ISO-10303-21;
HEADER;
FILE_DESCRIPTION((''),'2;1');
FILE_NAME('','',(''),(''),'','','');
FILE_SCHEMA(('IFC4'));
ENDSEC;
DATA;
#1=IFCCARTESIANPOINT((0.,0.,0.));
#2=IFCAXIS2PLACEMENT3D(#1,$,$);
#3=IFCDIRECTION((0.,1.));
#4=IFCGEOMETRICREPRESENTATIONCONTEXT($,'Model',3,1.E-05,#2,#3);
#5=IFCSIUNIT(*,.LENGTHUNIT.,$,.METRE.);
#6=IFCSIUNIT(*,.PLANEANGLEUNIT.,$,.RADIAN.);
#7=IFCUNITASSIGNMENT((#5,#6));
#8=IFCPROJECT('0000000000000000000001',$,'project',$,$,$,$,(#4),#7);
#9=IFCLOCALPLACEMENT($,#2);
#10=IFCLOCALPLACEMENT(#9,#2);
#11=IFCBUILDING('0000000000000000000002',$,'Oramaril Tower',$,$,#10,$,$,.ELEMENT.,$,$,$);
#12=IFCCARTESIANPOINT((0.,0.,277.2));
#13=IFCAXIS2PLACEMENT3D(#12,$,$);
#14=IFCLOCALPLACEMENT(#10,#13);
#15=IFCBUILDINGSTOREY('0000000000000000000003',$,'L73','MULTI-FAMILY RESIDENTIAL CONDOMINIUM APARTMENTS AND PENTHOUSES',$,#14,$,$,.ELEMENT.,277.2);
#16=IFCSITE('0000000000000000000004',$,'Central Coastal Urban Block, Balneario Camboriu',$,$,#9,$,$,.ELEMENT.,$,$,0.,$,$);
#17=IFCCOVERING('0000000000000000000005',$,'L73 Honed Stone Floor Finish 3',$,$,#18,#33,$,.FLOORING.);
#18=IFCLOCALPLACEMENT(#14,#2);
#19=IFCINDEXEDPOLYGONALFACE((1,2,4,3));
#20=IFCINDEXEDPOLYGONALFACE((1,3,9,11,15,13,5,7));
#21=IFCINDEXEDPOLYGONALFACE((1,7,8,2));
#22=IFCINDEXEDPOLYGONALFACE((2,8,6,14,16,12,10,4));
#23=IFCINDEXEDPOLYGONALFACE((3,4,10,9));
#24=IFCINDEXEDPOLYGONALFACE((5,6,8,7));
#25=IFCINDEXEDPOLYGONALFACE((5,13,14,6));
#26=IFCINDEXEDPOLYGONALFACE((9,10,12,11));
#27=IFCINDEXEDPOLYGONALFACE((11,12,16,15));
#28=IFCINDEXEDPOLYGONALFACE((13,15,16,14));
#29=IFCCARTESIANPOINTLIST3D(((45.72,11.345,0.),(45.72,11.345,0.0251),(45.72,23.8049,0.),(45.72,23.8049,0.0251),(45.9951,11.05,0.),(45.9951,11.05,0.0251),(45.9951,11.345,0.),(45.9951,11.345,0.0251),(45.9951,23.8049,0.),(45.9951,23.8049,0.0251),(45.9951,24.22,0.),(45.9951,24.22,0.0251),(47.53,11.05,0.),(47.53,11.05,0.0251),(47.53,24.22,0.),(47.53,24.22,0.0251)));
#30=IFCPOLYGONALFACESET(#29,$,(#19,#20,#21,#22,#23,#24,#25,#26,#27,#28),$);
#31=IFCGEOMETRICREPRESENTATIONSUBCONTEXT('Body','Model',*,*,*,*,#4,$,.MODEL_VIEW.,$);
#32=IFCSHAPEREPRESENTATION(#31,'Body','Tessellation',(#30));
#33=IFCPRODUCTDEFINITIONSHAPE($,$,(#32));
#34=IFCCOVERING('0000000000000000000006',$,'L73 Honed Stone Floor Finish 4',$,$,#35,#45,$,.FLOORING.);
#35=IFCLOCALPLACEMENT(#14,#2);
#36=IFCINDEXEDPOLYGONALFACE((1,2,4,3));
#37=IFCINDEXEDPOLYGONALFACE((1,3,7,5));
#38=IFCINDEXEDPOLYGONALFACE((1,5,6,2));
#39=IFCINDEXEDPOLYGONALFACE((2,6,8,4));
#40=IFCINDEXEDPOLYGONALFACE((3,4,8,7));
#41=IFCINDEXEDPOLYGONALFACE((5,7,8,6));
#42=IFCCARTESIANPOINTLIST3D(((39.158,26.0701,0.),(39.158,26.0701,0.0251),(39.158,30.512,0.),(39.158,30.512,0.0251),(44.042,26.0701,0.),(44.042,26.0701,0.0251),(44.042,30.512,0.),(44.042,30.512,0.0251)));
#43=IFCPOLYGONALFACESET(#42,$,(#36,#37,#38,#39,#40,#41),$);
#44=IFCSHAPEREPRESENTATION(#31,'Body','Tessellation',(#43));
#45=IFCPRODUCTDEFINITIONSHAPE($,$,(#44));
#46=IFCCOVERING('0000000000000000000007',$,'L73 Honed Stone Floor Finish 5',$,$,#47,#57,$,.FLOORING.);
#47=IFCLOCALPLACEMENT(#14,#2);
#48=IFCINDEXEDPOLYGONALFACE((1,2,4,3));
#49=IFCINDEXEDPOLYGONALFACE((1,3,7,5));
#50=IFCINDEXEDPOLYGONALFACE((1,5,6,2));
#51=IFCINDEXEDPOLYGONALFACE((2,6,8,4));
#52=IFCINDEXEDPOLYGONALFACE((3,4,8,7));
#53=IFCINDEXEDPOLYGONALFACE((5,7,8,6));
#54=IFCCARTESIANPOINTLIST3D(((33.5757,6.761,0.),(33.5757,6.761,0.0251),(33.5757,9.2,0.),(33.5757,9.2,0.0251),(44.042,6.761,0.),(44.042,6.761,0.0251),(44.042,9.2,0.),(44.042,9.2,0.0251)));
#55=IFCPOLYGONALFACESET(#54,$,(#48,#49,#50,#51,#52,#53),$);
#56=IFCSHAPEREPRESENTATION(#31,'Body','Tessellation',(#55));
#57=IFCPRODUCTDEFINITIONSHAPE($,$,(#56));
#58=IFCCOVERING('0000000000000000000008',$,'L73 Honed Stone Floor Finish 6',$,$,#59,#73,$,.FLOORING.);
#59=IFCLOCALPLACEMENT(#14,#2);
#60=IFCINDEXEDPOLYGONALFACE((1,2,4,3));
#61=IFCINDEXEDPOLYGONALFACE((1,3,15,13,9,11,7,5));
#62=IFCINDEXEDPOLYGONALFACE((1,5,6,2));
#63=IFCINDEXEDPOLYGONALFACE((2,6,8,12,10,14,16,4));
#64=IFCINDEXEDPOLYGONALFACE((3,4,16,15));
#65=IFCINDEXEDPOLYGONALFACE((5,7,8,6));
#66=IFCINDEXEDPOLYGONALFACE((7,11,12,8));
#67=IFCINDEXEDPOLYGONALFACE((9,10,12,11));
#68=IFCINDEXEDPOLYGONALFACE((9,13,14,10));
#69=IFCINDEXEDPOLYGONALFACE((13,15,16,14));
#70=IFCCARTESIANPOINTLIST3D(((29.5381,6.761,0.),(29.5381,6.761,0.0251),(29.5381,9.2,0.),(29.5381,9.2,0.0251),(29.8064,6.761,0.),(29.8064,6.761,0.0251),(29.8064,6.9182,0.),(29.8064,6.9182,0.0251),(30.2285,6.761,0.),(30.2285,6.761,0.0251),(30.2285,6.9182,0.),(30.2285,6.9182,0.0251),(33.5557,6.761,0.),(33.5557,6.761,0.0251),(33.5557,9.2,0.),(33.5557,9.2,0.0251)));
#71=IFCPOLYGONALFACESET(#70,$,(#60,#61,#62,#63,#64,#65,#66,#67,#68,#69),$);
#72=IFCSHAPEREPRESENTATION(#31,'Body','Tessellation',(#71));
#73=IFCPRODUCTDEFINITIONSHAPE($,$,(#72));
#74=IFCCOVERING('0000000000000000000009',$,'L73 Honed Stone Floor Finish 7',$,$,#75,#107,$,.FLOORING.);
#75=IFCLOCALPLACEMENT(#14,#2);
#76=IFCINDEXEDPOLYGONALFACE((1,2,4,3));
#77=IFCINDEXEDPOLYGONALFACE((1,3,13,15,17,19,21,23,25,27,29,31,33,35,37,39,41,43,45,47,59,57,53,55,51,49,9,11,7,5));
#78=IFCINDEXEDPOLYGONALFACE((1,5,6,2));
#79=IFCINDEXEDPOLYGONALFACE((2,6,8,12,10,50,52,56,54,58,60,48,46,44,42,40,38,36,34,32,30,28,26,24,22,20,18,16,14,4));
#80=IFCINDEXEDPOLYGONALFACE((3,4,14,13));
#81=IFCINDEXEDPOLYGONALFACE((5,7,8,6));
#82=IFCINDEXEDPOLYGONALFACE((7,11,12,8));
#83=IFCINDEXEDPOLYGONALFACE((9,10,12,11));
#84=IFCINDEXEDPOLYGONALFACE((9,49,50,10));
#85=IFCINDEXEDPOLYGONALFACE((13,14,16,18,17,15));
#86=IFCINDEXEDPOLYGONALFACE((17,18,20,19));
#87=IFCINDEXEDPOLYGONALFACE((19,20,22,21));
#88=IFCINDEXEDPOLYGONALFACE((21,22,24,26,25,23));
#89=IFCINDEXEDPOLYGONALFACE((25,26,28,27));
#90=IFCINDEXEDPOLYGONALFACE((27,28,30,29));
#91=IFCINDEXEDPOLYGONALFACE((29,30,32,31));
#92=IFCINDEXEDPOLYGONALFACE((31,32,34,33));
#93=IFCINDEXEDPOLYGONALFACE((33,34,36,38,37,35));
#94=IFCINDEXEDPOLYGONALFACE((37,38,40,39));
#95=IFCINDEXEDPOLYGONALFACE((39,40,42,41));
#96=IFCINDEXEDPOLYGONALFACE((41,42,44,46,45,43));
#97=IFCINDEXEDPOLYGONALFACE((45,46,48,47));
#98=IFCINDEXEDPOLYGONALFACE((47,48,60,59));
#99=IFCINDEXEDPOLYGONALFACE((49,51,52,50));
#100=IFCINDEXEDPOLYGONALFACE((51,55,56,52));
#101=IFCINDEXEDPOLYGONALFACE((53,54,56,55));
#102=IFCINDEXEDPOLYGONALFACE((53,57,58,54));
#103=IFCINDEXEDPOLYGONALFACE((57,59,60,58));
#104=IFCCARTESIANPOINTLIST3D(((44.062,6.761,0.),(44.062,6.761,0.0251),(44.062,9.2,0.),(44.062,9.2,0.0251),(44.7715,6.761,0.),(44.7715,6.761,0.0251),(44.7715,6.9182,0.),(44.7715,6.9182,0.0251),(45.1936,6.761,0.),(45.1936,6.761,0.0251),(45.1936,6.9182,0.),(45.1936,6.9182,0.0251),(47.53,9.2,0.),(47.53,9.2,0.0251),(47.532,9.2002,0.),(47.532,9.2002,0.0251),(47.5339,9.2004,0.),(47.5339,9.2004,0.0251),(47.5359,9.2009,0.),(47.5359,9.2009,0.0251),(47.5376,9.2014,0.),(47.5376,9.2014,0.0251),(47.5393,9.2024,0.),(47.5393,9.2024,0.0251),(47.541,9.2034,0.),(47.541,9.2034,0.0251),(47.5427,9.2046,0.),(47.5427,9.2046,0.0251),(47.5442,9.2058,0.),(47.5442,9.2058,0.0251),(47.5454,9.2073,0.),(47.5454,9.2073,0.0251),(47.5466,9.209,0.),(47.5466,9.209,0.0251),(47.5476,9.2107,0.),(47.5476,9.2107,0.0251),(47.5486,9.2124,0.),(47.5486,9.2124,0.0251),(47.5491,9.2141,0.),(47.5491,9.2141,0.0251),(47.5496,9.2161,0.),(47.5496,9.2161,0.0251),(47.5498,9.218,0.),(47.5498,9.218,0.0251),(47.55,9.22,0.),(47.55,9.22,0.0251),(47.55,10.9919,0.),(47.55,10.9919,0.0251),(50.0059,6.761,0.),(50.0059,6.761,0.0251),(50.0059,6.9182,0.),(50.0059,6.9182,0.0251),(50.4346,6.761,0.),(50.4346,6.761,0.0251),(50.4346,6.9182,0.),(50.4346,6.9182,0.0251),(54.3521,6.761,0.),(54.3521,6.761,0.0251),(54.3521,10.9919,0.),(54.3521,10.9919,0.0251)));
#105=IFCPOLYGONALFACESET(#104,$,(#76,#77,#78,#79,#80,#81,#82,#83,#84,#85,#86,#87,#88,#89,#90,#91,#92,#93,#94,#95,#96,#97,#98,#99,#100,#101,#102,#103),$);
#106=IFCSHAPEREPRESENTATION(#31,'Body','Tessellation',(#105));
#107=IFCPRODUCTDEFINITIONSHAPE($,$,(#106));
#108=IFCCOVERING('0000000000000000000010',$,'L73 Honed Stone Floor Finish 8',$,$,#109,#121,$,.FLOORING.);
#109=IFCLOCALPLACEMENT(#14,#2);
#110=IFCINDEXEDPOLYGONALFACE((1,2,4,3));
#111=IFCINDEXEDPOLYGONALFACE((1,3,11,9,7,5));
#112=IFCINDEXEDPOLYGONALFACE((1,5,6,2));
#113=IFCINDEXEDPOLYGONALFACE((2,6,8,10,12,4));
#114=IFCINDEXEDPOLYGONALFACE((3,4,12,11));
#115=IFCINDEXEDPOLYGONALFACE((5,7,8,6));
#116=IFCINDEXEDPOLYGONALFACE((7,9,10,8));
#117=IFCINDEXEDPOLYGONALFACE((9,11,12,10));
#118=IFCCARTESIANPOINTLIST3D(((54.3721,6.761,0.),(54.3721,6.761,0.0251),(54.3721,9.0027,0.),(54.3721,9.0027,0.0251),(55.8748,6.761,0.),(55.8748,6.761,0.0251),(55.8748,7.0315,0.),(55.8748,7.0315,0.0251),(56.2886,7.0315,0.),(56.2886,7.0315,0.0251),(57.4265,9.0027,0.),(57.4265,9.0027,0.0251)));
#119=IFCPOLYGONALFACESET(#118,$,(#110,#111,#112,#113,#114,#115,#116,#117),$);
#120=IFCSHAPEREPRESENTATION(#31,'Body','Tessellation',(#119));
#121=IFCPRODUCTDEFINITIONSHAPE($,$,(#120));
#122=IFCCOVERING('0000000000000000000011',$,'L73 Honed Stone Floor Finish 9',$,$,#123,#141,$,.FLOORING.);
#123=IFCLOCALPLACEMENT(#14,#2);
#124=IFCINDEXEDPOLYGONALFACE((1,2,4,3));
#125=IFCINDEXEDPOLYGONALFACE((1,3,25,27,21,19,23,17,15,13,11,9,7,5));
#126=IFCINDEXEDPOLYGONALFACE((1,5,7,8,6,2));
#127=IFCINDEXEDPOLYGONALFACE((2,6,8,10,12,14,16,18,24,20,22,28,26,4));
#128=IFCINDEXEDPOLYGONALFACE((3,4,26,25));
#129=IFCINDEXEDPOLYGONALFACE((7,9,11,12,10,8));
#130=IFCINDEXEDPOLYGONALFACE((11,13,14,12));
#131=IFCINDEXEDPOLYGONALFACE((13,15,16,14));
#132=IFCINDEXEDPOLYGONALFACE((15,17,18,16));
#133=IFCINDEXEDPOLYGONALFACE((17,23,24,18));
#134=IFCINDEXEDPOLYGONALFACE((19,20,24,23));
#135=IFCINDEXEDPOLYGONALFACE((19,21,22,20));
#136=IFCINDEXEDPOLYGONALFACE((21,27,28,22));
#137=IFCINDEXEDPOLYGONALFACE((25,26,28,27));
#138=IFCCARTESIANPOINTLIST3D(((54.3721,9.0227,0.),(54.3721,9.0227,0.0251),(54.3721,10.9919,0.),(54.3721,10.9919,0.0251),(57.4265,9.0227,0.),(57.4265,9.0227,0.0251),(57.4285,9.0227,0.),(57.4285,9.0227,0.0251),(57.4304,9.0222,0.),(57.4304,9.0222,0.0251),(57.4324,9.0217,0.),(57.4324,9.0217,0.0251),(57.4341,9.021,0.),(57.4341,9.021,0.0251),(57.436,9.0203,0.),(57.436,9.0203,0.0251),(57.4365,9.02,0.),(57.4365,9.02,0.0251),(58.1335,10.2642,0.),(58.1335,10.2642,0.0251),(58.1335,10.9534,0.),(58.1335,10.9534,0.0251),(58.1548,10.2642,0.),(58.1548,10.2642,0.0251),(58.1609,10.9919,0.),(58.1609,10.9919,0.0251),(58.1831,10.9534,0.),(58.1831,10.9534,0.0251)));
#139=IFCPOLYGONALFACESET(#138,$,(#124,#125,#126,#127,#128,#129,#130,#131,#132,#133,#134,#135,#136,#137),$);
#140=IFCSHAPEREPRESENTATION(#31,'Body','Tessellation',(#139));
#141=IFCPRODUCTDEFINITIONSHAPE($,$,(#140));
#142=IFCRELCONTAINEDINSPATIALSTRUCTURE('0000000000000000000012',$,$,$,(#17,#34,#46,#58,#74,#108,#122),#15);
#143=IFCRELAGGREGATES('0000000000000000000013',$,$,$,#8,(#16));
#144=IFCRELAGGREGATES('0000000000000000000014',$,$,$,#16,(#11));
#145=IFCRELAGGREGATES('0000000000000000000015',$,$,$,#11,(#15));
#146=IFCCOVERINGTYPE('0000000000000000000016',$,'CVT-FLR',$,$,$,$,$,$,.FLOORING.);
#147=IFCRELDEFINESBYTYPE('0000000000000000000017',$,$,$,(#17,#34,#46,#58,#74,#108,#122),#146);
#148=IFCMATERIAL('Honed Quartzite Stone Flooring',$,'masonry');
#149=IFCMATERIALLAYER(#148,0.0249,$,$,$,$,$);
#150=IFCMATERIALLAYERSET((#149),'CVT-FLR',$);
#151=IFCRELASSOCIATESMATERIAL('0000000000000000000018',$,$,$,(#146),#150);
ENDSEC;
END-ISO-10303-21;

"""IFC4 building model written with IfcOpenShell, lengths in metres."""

from ifc_helpers import new_model, si_unit, direction, frame, origin, place, context, subcontext, project, spatial, polyline, outline, extrude, material, layer, layer_set, type_object, element, save


model = new_model("IFC4")

# Units and contexts
model_context = context("Model", 3, precision=1e-05, world=origin(), true_north=direction((0.0, 1.0)))
body_context = subcontext(model_context, "Body", "Model", "MODEL_VIEW")
ifc_project = project(units=[si_unit("LENGTHUNIT", "METRE"), si_unit("PLANEANGLEUNIT", "RADIAN")], contexts=[model_context])

# Site, building, storey
site_placement = place(None, origin())
site = spatial("IfcSite", under=ifc_project, at=site_placement, Name="Central Coastal Urban Block, Balneario Camboriu", CompositionType="ELEMENT", RefElevation=0.0)
building_placement = place(site_placement, origin())
building = spatial("IfcBuilding", under=site, at=building_placement, Name="Oramaril Tower", CompositionType="ELEMENT")
storey_placement = place(building_placement, frame((0.0, 0.0, 277.2)))
storey = spatial("IfcBuildingStorey", under=building, at=storey_placement, Name="L73", Description="MULTI-FAMILY RESIDENTIAL CONDOMINIUM APARTMENTS AND PENTHOUSES", CompositionType="ELEMENT", Elevation=277.2)

# Coverings
ifc_material_1 = material(Name="Honed Quartzite Stone Flooring", Category="masonry")
ifc_layer_1 = layer(ifc_material_1, 0.0249)
ifc_layer_set_1 = layer_set([ifc_layer_1], Name="CVT-FLR")
covering_type_1 = type_object("IfcCoveringType", Name="CVT-FLR", PredefinedType="FLOORING", material=ifc_layer_set_1)
covering_1_placement = place(storey_placement, origin())
element("IfcCovering", 1, at=covering_1_placement, inside=storey, type_object=covering_type_1, Name="L73 Honed Stone Floor Finish 3", PredefinedType="FLOORING", context=body_context, shape_type="SweptSolid", body=[
    extrude(outline(polyline([(47.53, 11.05), (45.9951, 11.05), (45.9951, 11.345), (45.72, 11.345), (45.72, 23.8049), (45.9951, 23.8049), (45.9951, 24.22), (47.53, 24.22), (47.53, 11.05)])), origin(), (0.0, 0.0, 1.0), 0.0251),
])
covering_2_placement = place(storey_placement, origin())
element("IfcCovering", 2, at=covering_2_placement, inside=storey, type_object=covering_type_1, Name="L73 Honed Stone Floor Finish 4", PredefinedType="FLOORING", context=body_context, shape_type="SweptSolid", body=[
    extrude(outline(polyline([(44.042, 30.512), (44.042, 26.0701), (39.158, 26.0701), (39.158, 30.512), (44.042, 30.512)])), origin(), (0.0, 0.0, 1.0), 0.0251),
])
covering_3_placement = place(storey_placement, origin())
element("IfcCovering", 3, at=covering_3_placement, inside=storey, type_object=covering_type_1, Name="L73 Honed Stone Floor Finish 5", PredefinedType="FLOORING", context=body_context, shape_type="SweptSolid", body=[
    extrude(outline(polyline([(33.5757, 6.761), (33.5757, 9.2), (44.042, 9.2), (44.042, 6.761), (33.5757, 6.761)])), origin(), (0.0, 0.0, 1.0), 0.0251),
])
covering_4_placement = place(storey_placement, origin())
element("IfcCovering", 4, at=covering_4_placement, inside=storey, type_object=covering_type_1, Name="L73 Honed Stone Floor Finish 6", PredefinedType="FLOORING", context=body_context, shape_type="SweptSolid", body=[
    extrude(outline(polyline([(30.2285, 6.761), (30.2285, 6.9182), (29.8064, 6.9182), (29.8064, 6.761), (29.5381, 6.761), (29.5381, 9.2), (33.5557, 9.2), (33.5557, 6.761), (30.2285, 6.761)])), origin(), (0.0, 0.0, 1.0), 0.0251),
])
covering_5_placement = place(storey_placement, origin())
element("IfcCovering", 5, at=covering_5_placement, inside=storey, type_object=covering_type_1, Name="L73 Honed Stone Floor Finish 7", PredefinedType="FLOORING", context=body_context, shape_type="SweptSolid", body=[
    extrude(outline(polyline([(54.3521, 10.9919), (54.3521, 6.761), (50.4346, 6.761), (50.4346, 6.9182), (50.0059, 6.9182), (50.0059, 6.761), (45.1936, 6.761), (45.1936, 6.9182), (44.7715, 6.9182), (44.7715, 6.761), (44.062, 6.761), (44.062, 9.2), (47.53, 9.2), (47.532, 9.2002), (47.5339, 9.2004), (47.5359, 9.2009), (47.5376, 9.2014), (47.5393, 9.2024), (47.541, 9.2034), (47.5427, 9.2046), (47.5442, 9.2058), (47.5454, 9.2073), (47.5466, 9.209), (47.5476, 9.2107), (47.5486, 9.2124), (47.5491, 9.2141), (47.5496, 9.2161), (47.5498, 9.218), (47.55, 9.22), (47.55, 10.9919), (54.3521, 10.9919)])), origin(), (0.0, 0.0, 1.0), 0.0251),
])
covering_6_placement = place(storey_placement, origin())
element("IfcCovering", 6, at=covering_6_placement, inside=storey, type_object=covering_type_1, Name="L73 Honed Stone Floor Finish 8", PredefinedType="FLOORING", context=body_context, shape_type="SweptSolid", body=[
    extrude(outline(polyline([(56.2886, 7.0315), (55.8748, 7.0315), (55.8748, 6.761), (54.3721, 6.761), (54.3721, 9.0027), (57.4265, 9.0027), (56.2886, 7.0315)])), origin(), (0.0, 0.0, 1.0), 0.0251),
])
covering_7_placement = place(storey_placement, origin())
element("IfcCovering", 7, at=covering_7_placement, inside=storey, type_object=covering_type_1, Name="L73 Honed Stone Floor Finish 9", PredefinedType="FLOORING", context=body_context, shape_type="SweptSolid", body=[
    extrude(outline(polyline([(58.1831, 10.9534), (58.1335, 10.9534), (58.1335, 10.2642), (58.1548, 10.2642), (57.4365, 9.02), (57.436, 9.0203), (57.4341, 9.021), (57.4324, 9.0217), (57.4304, 9.0222), (57.4285, 9.0227), (57.4265, 9.0227), (54.3721, 9.0227), (54.3721, 10.9919), (58.1609, 10.9919), (58.1831, 10.9534)])), origin(), (0.0, 0.0, 1.0), 0.0251),
])

save(model, "model.ifc")
